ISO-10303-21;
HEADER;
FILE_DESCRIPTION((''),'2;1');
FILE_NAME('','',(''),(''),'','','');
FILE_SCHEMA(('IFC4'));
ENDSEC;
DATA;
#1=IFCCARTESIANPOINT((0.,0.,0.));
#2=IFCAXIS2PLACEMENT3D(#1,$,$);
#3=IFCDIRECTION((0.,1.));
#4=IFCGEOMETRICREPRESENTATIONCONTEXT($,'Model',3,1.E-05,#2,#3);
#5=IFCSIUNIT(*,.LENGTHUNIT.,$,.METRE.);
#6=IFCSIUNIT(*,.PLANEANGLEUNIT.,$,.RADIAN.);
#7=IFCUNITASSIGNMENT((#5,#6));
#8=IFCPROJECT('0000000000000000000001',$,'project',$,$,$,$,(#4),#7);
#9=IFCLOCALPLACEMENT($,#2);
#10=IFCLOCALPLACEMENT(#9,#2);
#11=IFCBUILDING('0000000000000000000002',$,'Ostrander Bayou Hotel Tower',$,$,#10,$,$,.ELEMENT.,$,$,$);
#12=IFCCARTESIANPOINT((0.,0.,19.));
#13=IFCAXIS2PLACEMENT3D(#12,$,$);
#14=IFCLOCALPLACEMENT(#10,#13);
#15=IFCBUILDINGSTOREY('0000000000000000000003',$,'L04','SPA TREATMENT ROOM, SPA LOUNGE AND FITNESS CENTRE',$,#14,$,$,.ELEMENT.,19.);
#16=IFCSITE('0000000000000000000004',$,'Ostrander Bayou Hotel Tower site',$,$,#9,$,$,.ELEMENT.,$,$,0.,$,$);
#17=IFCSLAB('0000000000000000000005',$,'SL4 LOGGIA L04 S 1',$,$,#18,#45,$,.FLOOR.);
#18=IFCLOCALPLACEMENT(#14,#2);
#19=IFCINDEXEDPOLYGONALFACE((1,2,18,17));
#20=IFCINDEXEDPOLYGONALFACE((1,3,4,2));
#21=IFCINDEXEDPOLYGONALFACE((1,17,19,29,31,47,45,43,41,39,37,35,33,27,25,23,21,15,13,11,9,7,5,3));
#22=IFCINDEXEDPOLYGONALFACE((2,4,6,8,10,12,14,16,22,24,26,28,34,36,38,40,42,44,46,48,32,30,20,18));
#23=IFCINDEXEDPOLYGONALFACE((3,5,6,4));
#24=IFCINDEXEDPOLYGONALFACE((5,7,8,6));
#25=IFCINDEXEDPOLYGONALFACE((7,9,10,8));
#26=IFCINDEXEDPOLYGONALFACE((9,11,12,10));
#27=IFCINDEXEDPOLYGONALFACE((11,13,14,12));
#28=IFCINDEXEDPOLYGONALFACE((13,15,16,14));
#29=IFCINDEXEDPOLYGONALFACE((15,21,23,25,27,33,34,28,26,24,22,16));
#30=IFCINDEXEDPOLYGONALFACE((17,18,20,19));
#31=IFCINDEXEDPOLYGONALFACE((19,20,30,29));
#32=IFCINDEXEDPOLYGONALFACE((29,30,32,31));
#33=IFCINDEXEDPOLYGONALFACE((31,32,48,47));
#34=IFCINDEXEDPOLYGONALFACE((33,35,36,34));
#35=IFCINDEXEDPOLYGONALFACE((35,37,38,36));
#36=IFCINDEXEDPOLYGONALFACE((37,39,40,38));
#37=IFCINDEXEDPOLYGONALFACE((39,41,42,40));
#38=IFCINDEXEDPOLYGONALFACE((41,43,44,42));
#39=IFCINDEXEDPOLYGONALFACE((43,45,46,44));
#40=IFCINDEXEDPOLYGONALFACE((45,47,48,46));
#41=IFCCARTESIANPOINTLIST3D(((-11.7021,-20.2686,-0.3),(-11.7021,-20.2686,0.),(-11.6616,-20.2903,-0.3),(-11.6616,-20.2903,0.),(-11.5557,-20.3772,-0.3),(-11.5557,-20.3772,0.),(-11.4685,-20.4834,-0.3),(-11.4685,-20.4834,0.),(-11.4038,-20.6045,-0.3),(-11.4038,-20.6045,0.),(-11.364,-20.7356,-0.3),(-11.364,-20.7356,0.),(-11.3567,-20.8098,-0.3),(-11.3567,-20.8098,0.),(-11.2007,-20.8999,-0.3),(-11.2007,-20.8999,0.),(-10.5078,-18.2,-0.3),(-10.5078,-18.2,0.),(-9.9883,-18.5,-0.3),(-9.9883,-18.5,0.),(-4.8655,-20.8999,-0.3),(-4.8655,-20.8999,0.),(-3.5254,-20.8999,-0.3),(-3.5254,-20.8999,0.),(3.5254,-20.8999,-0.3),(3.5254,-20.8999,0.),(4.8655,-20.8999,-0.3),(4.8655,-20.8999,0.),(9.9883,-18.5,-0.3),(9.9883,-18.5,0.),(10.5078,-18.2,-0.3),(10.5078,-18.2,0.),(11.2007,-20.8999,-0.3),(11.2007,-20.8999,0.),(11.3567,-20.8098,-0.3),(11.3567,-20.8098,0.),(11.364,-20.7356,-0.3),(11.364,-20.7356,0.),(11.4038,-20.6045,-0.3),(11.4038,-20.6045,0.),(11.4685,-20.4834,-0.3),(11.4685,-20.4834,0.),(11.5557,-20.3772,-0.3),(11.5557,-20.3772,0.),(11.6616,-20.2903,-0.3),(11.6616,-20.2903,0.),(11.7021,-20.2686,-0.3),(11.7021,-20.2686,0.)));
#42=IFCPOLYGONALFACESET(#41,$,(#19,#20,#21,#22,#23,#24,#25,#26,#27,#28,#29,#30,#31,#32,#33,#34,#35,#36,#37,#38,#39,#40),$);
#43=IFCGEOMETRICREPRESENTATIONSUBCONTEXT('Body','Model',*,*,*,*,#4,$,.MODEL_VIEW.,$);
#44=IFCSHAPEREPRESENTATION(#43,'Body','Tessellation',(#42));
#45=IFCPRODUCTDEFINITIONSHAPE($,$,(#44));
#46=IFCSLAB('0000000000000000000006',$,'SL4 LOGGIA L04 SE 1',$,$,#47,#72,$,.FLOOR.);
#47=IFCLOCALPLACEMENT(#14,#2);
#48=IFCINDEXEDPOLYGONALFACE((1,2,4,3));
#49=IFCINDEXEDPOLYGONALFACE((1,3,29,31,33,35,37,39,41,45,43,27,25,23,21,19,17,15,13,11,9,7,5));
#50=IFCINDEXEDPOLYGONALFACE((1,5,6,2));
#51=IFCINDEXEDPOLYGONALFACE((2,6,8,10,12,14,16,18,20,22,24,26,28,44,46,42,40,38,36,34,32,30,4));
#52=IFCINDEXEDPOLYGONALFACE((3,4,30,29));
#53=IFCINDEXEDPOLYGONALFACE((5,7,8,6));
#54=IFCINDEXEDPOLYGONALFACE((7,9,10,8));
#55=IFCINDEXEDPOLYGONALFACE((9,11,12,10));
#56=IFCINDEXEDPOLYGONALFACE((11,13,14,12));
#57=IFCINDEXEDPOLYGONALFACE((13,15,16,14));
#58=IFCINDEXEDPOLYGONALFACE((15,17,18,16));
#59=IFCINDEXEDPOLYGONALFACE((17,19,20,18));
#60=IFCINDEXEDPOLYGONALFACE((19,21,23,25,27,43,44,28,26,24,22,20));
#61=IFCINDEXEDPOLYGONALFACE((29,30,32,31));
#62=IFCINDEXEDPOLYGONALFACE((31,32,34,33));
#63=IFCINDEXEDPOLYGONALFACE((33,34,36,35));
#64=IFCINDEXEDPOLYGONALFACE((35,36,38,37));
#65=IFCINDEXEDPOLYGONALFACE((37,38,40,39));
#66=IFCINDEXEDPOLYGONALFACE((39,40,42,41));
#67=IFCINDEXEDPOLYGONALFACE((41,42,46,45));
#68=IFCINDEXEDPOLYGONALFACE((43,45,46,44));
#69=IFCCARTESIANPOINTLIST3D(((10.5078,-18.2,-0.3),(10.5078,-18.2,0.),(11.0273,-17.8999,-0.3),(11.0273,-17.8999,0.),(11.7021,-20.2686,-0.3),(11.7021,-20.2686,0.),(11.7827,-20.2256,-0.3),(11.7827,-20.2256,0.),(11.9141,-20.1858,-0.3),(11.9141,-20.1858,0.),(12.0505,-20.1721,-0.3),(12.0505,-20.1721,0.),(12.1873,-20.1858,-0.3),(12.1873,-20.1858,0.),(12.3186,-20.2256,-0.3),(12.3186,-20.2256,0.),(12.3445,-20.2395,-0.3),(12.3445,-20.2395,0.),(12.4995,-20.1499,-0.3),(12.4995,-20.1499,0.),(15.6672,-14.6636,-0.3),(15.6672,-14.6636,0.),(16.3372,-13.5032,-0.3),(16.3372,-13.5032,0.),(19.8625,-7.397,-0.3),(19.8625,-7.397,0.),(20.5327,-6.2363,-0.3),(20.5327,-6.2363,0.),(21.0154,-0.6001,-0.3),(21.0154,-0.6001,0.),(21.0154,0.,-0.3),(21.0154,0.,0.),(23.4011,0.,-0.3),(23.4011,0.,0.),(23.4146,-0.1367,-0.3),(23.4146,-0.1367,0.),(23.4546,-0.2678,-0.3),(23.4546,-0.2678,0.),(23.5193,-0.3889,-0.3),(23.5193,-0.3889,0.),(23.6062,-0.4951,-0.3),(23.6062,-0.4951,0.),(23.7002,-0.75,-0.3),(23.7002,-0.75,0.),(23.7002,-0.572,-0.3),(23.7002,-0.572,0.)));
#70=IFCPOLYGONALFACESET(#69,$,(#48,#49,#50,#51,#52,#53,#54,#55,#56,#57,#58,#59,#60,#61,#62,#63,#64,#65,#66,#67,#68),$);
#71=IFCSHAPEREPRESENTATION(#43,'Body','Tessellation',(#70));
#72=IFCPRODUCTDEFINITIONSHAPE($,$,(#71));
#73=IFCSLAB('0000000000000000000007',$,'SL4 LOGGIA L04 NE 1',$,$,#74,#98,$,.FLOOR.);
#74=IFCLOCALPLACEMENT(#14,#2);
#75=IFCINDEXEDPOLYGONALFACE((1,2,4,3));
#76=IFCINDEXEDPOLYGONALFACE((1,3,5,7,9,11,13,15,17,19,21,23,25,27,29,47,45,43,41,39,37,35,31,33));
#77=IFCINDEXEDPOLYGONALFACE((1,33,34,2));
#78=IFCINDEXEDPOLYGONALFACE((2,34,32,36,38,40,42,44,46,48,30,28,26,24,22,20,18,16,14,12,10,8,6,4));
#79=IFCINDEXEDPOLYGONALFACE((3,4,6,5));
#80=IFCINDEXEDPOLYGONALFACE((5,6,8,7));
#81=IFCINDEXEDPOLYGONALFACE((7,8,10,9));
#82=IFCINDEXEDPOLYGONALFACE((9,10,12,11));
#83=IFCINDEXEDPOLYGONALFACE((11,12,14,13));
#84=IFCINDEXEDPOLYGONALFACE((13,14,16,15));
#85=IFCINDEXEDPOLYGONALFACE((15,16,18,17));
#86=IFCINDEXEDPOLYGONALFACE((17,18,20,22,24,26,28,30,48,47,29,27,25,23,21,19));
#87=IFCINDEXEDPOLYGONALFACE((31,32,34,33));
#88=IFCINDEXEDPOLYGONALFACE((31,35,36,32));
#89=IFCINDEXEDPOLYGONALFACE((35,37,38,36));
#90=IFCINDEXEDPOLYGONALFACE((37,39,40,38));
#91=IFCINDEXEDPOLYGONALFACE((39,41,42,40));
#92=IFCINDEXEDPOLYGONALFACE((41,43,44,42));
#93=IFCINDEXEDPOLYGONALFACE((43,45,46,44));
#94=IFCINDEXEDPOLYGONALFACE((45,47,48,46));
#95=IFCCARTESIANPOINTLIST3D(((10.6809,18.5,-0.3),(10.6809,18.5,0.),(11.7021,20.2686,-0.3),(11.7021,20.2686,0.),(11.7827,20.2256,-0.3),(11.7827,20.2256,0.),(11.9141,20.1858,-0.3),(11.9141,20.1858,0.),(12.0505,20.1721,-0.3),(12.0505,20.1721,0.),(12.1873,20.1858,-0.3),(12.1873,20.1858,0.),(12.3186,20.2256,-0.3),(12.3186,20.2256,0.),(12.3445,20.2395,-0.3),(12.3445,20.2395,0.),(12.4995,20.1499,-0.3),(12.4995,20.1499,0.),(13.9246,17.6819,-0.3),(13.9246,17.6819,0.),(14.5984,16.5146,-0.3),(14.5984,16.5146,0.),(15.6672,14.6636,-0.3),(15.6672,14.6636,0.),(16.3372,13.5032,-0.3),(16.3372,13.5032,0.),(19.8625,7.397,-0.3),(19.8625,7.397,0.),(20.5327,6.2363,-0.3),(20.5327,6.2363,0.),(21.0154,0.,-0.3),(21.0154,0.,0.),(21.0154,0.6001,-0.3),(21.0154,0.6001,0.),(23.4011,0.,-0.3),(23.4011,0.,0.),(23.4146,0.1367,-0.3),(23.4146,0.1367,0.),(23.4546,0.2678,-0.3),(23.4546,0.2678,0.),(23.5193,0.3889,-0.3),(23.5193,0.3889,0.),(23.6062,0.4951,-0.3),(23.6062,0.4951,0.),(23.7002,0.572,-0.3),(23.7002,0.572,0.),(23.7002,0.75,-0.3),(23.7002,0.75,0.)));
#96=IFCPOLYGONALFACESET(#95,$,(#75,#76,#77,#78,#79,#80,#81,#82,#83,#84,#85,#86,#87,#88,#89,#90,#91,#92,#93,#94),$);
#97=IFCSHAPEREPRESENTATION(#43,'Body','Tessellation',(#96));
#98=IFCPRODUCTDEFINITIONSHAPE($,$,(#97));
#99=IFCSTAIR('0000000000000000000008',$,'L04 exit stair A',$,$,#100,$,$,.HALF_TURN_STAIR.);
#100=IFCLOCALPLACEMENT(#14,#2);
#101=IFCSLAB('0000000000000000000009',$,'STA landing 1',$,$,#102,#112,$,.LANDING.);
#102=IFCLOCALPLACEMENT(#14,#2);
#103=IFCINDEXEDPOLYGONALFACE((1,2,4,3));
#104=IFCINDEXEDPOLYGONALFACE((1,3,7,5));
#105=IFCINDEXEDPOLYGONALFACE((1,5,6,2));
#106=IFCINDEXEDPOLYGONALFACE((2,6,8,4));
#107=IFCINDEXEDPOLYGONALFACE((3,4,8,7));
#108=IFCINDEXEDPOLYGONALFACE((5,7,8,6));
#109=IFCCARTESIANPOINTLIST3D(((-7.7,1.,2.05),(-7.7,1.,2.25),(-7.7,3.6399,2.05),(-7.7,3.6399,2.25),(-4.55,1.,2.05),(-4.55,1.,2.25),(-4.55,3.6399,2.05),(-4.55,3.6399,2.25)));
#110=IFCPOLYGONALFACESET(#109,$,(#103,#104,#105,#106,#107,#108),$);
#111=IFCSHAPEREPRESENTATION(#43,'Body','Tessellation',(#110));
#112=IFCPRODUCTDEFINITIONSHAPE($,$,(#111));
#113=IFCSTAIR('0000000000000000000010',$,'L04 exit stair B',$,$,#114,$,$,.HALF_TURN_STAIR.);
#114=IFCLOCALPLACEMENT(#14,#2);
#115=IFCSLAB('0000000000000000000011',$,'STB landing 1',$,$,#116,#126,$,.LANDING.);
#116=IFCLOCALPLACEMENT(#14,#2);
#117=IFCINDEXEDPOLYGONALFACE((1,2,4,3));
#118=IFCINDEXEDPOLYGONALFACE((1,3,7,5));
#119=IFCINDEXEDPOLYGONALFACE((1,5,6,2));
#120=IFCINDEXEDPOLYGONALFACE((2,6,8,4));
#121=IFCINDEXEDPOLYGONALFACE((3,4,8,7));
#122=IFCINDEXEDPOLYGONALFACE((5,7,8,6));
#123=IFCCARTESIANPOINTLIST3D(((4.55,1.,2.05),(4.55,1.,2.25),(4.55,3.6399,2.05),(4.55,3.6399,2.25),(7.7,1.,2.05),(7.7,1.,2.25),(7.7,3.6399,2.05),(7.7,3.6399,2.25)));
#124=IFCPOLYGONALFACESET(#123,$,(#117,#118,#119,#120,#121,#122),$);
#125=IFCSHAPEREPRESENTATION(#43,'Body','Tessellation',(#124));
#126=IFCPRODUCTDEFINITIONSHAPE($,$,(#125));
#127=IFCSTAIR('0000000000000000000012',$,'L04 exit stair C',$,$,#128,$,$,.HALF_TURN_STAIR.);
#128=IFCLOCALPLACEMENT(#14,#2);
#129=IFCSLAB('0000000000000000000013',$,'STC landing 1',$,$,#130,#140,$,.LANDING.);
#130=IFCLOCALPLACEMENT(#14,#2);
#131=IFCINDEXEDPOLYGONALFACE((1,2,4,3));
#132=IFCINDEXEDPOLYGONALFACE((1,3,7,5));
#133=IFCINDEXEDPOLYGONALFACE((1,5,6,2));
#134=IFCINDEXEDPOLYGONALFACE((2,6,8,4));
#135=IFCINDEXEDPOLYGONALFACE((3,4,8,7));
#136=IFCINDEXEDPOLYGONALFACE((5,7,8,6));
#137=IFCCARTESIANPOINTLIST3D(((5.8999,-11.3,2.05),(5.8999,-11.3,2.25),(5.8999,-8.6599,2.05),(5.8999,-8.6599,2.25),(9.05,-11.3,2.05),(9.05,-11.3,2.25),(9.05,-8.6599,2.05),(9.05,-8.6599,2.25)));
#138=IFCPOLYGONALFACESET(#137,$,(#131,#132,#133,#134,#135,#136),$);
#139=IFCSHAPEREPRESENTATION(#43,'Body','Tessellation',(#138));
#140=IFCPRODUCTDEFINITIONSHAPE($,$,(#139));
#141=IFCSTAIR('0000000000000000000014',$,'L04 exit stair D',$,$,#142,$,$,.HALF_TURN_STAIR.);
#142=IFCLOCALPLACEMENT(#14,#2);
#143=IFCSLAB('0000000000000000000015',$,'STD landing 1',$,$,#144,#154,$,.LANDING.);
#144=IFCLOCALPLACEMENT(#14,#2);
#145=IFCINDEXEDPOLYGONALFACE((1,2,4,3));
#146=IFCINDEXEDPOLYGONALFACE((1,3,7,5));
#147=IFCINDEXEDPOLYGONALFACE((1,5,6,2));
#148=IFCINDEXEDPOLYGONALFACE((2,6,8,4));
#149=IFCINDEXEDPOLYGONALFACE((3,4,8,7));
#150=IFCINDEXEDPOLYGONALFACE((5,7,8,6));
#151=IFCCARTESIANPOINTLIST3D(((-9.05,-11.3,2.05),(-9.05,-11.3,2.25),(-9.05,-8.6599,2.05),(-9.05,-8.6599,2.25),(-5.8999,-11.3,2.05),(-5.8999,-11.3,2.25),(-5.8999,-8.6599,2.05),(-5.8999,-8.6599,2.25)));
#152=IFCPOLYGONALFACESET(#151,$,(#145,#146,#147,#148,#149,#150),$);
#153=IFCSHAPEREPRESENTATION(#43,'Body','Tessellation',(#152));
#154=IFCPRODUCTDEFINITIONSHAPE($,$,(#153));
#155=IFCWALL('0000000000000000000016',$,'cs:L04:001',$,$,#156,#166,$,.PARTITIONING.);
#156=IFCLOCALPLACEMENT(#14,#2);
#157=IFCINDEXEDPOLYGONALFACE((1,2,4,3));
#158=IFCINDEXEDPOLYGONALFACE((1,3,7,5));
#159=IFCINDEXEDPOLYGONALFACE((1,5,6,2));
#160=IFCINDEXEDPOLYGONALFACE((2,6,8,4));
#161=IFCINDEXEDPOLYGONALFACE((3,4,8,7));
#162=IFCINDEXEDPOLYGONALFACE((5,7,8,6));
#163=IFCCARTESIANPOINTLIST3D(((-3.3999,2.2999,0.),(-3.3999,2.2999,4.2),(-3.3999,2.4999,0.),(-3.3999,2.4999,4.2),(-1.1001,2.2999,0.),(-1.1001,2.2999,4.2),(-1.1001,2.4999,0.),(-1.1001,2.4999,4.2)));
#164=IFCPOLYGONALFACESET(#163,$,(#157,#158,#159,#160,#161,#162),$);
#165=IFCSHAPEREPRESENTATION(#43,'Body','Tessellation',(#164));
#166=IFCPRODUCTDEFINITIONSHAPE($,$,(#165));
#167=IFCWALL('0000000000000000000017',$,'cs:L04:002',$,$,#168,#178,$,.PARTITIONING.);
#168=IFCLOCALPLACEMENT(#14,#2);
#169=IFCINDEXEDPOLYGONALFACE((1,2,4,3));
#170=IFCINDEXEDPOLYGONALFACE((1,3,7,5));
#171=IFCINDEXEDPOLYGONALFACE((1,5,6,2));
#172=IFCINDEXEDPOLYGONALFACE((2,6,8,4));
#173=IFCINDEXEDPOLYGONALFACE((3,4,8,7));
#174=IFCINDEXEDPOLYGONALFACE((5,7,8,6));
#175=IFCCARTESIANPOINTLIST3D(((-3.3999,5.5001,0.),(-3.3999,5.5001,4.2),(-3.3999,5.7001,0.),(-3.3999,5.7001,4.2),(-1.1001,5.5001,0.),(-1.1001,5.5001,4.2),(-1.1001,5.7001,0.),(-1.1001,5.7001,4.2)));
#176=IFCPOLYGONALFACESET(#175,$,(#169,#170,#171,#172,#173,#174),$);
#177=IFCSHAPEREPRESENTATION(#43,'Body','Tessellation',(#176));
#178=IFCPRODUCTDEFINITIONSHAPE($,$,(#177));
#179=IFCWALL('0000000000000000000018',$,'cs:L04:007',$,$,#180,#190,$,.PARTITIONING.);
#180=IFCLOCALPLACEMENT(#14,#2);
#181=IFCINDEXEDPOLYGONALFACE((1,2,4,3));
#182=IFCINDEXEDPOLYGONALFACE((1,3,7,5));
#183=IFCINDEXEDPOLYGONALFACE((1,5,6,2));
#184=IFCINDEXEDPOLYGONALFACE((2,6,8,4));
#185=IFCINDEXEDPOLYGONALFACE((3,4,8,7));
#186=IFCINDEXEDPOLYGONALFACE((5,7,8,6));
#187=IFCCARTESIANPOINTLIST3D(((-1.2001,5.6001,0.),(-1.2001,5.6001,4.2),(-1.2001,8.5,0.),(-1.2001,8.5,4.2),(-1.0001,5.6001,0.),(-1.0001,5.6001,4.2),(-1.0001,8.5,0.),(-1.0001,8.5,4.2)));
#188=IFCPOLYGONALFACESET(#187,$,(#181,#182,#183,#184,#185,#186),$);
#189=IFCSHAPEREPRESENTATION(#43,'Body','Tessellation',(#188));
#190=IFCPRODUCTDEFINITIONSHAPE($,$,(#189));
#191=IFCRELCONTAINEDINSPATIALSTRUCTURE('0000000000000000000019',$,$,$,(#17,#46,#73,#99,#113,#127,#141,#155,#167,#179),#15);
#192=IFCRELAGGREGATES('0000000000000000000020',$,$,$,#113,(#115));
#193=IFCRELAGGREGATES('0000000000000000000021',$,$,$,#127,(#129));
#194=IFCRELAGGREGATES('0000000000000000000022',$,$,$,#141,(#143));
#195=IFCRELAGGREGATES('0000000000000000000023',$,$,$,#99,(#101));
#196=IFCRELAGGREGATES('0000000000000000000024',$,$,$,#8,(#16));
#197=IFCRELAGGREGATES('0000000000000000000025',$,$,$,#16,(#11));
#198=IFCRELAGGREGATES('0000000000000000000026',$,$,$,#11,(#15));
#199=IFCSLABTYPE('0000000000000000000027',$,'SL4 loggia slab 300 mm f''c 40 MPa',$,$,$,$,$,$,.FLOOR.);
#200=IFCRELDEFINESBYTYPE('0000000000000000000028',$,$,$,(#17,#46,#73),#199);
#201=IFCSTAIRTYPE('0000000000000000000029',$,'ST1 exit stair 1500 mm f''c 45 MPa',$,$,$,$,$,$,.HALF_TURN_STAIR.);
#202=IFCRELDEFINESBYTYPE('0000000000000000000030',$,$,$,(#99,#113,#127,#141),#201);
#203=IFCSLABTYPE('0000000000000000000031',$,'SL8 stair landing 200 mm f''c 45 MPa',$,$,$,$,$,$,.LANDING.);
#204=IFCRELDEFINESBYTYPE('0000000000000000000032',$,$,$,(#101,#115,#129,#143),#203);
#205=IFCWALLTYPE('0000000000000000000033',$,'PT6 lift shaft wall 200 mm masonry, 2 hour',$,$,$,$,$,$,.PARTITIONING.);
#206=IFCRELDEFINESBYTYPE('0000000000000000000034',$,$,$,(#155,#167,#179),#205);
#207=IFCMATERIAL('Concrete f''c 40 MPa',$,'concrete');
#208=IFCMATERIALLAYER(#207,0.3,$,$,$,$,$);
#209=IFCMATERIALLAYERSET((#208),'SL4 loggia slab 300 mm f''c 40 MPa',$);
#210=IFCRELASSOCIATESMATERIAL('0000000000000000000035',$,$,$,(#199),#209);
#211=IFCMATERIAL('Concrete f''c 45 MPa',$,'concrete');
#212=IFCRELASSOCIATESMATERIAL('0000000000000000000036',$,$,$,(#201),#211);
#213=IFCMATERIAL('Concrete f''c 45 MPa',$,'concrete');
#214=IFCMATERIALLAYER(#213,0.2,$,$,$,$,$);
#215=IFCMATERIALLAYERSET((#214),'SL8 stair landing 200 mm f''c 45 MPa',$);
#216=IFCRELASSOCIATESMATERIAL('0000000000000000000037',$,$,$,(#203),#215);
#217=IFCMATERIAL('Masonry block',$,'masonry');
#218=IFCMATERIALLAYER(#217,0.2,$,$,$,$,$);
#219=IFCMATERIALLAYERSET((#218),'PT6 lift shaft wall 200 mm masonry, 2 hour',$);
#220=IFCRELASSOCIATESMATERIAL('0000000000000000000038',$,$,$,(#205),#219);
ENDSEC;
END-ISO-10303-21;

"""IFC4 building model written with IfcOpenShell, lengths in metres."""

from ifc_helpers import new_model, si_unit, direction, frame, frame_2d, origin, place, context, subcontext, project, spatial, polyline, rectangle, outline, extrude, material, layer, layer_set, type_object, element, aggregate, save


model = new_model("IFC4")

# Units and contexts
model_context = context("Model", 3, precision=1e-05, world=origin(), true_north=direction((0.0, 1.0)))
body_context = subcontext(model_context, "Body", "Model", "MODEL_VIEW")
ifc_project = project(units=[si_unit("LENGTHUNIT", "METRE"), si_unit("PLANEANGLEUNIT", "RADIAN")], contexts=[model_context])

# Site, building, storey
site_placement = place(None, origin())
site = spatial("IfcSite", under=ifc_project, at=site_placement, Name="Ostrander Bayou Hotel Tower site", CompositionType="ELEMENT", RefElevation=0.0)
building_placement = place(site_placement, origin())
building = spatial("IfcBuilding", under=site, at=building_placement, Name="Ostrander Bayou Hotel Tower", CompositionType="ELEMENT")
storey_placement = place(building_placement, frame((0.0, 0.0, 19.0)))
storey = spatial("IfcBuildingStorey", under=building, at=storey_placement, Name="L04", Description="SPA TREATMENT ROOM, SPA LOUNGE AND FITNESS CENTRE", CompositionType="ELEMENT", Elevation=19.0)

# Slabs
ifc_material_1 = material(Name="Concrete f'c 40 MPa", Category="concrete")
ifc_layer_1 = layer(ifc_material_1, 0.3)
ifc_layer_set_1 = layer_set([ifc_layer_1], Name="SL4 loggia slab 300 mm f'c 40 MPa")
slab_type_1 = type_object("IfcSlabType", Name="SL4 loggia slab 300 mm f'c 40 MPa", PredefinedType="FLOOR", material=ifc_layer_set_1)
slab_1_placement = place(storey_placement, frame((0.0, 0.0, -0.3)))
element("IfcSlab", 1, at=slab_1_placement, inside=storey, type_object=slab_type_1, Name="SL4 LOGGIA L04 S 1", PredefinedType="FLOOR", context=body_context, shape_type="SweptSolid", body=[
    extrude(outline(polyline([(10.5078, -18.2), (11.7021, -20.2686), (11.6616, -20.2903), (11.5557, -20.3772), (11.4685, -20.4834), (11.4038, -20.6045), (11.364, -20.7356), (11.3567, -20.8098), (11.2007, -20.8999), (4.8655, -20.8999), (3.5254, -20.8999), (-3.5254, -20.8999), (-4.8655, -20.8999), (-11.2007, -20.8999), (-11.3567, -20.8098), (-11.364, -20.7356), (-11.4038, -20.6045), (-11.4685, -20.4834), (-11.5557, -20.3772), (-11.6616, -20.2903), (-11.7021, -20.2686), (-10.5078, -18.2), (-9.9883, -18.5), (9.9883, -18.5), (10.5078, -18.2)])), origin(), (0.0, 0.0, 1.0), 0.3),
])
slab_2_placement = place(storey_placement, frame((0.0, 0.0, -0.3)))
element("IfcSlab", 2, at=slab_2_placement, inside=storey, type_object=slab_type_1, Name="SL4 LOGGIA L04 SE 1", PredefinedType="FLOOR", context=body_context, shape_type="SweptSolid", body=[
    extrude(outline(polyline([(21.0154, 0.0), (23.4011, 0.0), (23.4146, -0.1367), (23.4546, -0.2678), (23.5193, -0.3889), (23.6062, -0.4951), (23.7002, -0.572), (23.7002, -0.75), (20.5327, -6.2363), (19.8625, -7.397), (16.3372, -13.5032), (15.6672, -14.6636), (12.4995, -20.1499), (12.3445, -20.2395), (12.3186, -20.2256), (12.1873, -20.1858), (12.0505, -20.1721), (11.9141, -20.1858), (11.7827, -20.2256), (11.7021, -20.2686), (10.5078, -18.2), (11.0273, -17.8999), (21.0154, -0.6001), (21.0154, 0.0)])), origin(), (0.0, 0.0, 1.0), 0.3),
])
slab_3_placement = place(storey_placement, frame((0.0, 0.0, -0.3)))
element("IfcSlab", 3, at=slab_3_placement, inside=storey, type_object=slab_type_1, Name="SL4 LOGGIA L04 NE 1", PredefinedType="FLOOR", context=body_context, shape_type="SweptSolid", body=[
    extrude(outline(polyline([(11.7021, 20.2686), (11.7827, 20.2256), (11.9141, 20.1858), (12.0505, 20.1721), (12.1873, 20.1858), (12.3186, 20.2256), (12.3445, 20.2395), (12.4995, 20.1499), (13.9246, 17.6819), (14.5984, 16.5146), (15.6672, 14.6636), (16.3372, 13.5032), (19.8625, 7.397), (20.5327, 6.2363), (23.7002, 0.75), (23.7002, 0.572), (23.6062, 0.4951), (23.5193, 0.3889), (23.4546, 0.2678), (23.4146, 0.1367), (23.4011, 0.0), (21.0154, 0.0), (21.0154, 0.6001), (10.6809, 18.5), (11.7021, 20.2686)])), origin(), (0.0, 0.0, 1.0), 0.3),
])

# Stairs, slabs
ifc_material_2 = material(Name="Concrete f'c 45 MPa", Category="concrete")
stair_type = type_object("IfcStairType", Name="ST1 exit stair 1500 mm f'c 45 MPa", PredefinedType="HALF_TURN_STAIR", material=ifc_material_2)
stair_1_placement = place(storey_placement, origin())
stair_1 = element("IfcStair", 4, at=stair_1_placement, inside=storey, type_object=stair_type, Name="L04 exit stair A", PredefinedType="HALF_TURN_STAIR")
ifc_material_3 = material(Name="Concrete f'c 45 MPa", Category="concrete")
ifc_layer_2 = layer(ifc_material_3, 0.2)
ifc_layer_set_2 = layer_set([ifc_layer_2], Name="SL8 stair landing 200 mm f'c 45 MPa")
slab_type_2 = type_object("IfcSlabType", Name="SL8 stair landing 200 mm f'c 45 MPa", PredefinedType="LANDING", material=ifc_layer_set_2)
slab_4_placement = place(storey_placement, frame((0.0, 0.0, 2.05)))
slab_4 = element("IfcSlab", 5, at=slab_4_placement, type_object=slab_type_2, Name="STA landing 1", PredefinedType="LANDING", context=body_context, shape_type="SweptSolid", body=[
    extrude(outline(polyline([(-7.7, 3.6399), (-7.7, 1.0), (-4.55, 1.0), (-4.55, 3.6399), (-7.7, 3.6399)])), origin(), (0.0, 0.0, 1.0), 0.2),
])
stair_2_placement = place(storey_placement, origin())
stair_2 = element("IfcStair", 6, at=stair_2_placement, inside=storey, type_object=stair_type, Name="L04 exit stair B", PredefinedType="HALF_TURN_STAIR")
slab_5_placement = place(storey_placement, frame((0.0, 0.0, 2.05)))
slab_5 = element("IfcSlab", 7, at=slab_5_placement, type_object=slab_type_2, Name="STB landing 1", PredefinedType="LANDING", context=body_context, shape_type="SweptSolid", body=[
    extrude(outline(polyline([(4.55, 3.6399), (4.55, 1.0), (7.7, 1.0), (7.7, 3.6399), (4.55, 3.6399)])), origin(), (0.0, 0.0, 1.0), 0.2),
])
aggregate(stair_2, [slab_5])
stair_3_placement = place(storey_placement, origin())
stair_3 = element("IfcStair", 8, at=stair_3_placement, inside=storey, type_object=stair_type, Name="L04 exit stair C", PredefinedType="HALF_TURN_STAIR")
slab_6_placement = place(storey_placement, frame((0.0, 0.0, 2.05)))
slab_6 = element("IfcSlab", 9, at=slab_6_placement, type_object=slab_type_2, Name="STC landing 1", PredefinedType="LANDING", context=body_context, shape_type="SweptSolid", body=[
    extrude(outline(polyline([(5.8999, -8.6599), (5.8999, -11.3), (9.05, -11.3), (9.05, -8.6599), (5.8999, -8.6599)])), origin(), (0.0, 0.0, 1.0), 0.2),
])
aggregate(stair_3, [slab_6])
stair_4_placement = place(storey_placement, origin())
stair_4 = element("IfcStair", 10, at=stair_4_placement, inside=storey, type_object=stair_type, Name="L04 exit stair D", PredefinedType="HALF_TURN_STAIR")
slab_7_placement = place(storey_placement, frame((0.0, 0.0, 2.05)))
slab_7 = element("IfcSlab", 11, at=slab_7_placement, type_object=slab_type_2, Name="STD landing 1", PredefinedType="LANDING", context=body_context, shape_type="SweptSolid", body=[
    extrude(outline(polyline([(-9.05, -8.6599), (-9.05, -11.3), (-5.8999, -11.3), (-5.8999, -8.6599), (-9.05, -8.6599)])), origin(), (0.0, 0.0, 1.0), 0.2),
])
aggregate(stair_4, [slab_7])

# Walls
ifc_material_4 = material(Name="Masonry block", Category="masonry")
ifc_layer_3 = layer(ifc_material_4, 0.2)
ifc_layer_set_3 = layer_set([ifc_layer_3], Name="PT6 lift shaft wall 200 mm masonry, 2 hour")
wall_type_1 = type_object("IfcWallType", Name="PT6 lift shaft wall 200 mm masonry, 2 hour", PredefinedType="PARTITIONING", material=ifc_layer_set_3)
for number, where, z_axis, x_axis, name in (
    (12, (-3.3999, 2.3999, 0.0), (0.0, 0.0, 1.0), (1.0, 0.0, 0.0), "cs:L04:001"),
    (13, (-3.3999, 5.6001, 0.0), (0.0, 0.0, 1.0), (1.0, 0.0, 0.0), "cs:L04:002"),
):
    element("IfcWall", number, at=place(storey_placement, frame(where, z_axis=z_axis, x_axis=x_axis)), inside=storey, type_object=wall_type_1, Name=name, PredefinedType="PARTITIONING", context=body_context, shape_type="SweptSolid", body=[
        extrude(rectangle(XDim=2.2998, YDim=0.2, at=frame_2d((1.1499, 0.0))), origin(), (0.0, 0.0, 1.0), 4.2),
    ])
wall_1_placement = place(storey_placement, frame((-1.1001, 5.6001, 0.0), z_axis=(0.0, 0.0, 1.0), x_axis=(0.0, 1.0, 0.0)))
element("IfcWall", 14, at=wall_1_placement, inside=storey, type_object=wall_type_1, Name="cs:L04:007", PredefinedType="PARTITIONING", context=body_context, shape_type="SweptSolid", body=[
    extrude(rectangle(XDim=2.8999, YDim=0.2, at=frame_2d((1.45, 0.0))), origin(), (0.0, 0.0, 1.0), 4.2),
])

aggregate(stair_1, [slab_4])

save(model, "model.ifc")
